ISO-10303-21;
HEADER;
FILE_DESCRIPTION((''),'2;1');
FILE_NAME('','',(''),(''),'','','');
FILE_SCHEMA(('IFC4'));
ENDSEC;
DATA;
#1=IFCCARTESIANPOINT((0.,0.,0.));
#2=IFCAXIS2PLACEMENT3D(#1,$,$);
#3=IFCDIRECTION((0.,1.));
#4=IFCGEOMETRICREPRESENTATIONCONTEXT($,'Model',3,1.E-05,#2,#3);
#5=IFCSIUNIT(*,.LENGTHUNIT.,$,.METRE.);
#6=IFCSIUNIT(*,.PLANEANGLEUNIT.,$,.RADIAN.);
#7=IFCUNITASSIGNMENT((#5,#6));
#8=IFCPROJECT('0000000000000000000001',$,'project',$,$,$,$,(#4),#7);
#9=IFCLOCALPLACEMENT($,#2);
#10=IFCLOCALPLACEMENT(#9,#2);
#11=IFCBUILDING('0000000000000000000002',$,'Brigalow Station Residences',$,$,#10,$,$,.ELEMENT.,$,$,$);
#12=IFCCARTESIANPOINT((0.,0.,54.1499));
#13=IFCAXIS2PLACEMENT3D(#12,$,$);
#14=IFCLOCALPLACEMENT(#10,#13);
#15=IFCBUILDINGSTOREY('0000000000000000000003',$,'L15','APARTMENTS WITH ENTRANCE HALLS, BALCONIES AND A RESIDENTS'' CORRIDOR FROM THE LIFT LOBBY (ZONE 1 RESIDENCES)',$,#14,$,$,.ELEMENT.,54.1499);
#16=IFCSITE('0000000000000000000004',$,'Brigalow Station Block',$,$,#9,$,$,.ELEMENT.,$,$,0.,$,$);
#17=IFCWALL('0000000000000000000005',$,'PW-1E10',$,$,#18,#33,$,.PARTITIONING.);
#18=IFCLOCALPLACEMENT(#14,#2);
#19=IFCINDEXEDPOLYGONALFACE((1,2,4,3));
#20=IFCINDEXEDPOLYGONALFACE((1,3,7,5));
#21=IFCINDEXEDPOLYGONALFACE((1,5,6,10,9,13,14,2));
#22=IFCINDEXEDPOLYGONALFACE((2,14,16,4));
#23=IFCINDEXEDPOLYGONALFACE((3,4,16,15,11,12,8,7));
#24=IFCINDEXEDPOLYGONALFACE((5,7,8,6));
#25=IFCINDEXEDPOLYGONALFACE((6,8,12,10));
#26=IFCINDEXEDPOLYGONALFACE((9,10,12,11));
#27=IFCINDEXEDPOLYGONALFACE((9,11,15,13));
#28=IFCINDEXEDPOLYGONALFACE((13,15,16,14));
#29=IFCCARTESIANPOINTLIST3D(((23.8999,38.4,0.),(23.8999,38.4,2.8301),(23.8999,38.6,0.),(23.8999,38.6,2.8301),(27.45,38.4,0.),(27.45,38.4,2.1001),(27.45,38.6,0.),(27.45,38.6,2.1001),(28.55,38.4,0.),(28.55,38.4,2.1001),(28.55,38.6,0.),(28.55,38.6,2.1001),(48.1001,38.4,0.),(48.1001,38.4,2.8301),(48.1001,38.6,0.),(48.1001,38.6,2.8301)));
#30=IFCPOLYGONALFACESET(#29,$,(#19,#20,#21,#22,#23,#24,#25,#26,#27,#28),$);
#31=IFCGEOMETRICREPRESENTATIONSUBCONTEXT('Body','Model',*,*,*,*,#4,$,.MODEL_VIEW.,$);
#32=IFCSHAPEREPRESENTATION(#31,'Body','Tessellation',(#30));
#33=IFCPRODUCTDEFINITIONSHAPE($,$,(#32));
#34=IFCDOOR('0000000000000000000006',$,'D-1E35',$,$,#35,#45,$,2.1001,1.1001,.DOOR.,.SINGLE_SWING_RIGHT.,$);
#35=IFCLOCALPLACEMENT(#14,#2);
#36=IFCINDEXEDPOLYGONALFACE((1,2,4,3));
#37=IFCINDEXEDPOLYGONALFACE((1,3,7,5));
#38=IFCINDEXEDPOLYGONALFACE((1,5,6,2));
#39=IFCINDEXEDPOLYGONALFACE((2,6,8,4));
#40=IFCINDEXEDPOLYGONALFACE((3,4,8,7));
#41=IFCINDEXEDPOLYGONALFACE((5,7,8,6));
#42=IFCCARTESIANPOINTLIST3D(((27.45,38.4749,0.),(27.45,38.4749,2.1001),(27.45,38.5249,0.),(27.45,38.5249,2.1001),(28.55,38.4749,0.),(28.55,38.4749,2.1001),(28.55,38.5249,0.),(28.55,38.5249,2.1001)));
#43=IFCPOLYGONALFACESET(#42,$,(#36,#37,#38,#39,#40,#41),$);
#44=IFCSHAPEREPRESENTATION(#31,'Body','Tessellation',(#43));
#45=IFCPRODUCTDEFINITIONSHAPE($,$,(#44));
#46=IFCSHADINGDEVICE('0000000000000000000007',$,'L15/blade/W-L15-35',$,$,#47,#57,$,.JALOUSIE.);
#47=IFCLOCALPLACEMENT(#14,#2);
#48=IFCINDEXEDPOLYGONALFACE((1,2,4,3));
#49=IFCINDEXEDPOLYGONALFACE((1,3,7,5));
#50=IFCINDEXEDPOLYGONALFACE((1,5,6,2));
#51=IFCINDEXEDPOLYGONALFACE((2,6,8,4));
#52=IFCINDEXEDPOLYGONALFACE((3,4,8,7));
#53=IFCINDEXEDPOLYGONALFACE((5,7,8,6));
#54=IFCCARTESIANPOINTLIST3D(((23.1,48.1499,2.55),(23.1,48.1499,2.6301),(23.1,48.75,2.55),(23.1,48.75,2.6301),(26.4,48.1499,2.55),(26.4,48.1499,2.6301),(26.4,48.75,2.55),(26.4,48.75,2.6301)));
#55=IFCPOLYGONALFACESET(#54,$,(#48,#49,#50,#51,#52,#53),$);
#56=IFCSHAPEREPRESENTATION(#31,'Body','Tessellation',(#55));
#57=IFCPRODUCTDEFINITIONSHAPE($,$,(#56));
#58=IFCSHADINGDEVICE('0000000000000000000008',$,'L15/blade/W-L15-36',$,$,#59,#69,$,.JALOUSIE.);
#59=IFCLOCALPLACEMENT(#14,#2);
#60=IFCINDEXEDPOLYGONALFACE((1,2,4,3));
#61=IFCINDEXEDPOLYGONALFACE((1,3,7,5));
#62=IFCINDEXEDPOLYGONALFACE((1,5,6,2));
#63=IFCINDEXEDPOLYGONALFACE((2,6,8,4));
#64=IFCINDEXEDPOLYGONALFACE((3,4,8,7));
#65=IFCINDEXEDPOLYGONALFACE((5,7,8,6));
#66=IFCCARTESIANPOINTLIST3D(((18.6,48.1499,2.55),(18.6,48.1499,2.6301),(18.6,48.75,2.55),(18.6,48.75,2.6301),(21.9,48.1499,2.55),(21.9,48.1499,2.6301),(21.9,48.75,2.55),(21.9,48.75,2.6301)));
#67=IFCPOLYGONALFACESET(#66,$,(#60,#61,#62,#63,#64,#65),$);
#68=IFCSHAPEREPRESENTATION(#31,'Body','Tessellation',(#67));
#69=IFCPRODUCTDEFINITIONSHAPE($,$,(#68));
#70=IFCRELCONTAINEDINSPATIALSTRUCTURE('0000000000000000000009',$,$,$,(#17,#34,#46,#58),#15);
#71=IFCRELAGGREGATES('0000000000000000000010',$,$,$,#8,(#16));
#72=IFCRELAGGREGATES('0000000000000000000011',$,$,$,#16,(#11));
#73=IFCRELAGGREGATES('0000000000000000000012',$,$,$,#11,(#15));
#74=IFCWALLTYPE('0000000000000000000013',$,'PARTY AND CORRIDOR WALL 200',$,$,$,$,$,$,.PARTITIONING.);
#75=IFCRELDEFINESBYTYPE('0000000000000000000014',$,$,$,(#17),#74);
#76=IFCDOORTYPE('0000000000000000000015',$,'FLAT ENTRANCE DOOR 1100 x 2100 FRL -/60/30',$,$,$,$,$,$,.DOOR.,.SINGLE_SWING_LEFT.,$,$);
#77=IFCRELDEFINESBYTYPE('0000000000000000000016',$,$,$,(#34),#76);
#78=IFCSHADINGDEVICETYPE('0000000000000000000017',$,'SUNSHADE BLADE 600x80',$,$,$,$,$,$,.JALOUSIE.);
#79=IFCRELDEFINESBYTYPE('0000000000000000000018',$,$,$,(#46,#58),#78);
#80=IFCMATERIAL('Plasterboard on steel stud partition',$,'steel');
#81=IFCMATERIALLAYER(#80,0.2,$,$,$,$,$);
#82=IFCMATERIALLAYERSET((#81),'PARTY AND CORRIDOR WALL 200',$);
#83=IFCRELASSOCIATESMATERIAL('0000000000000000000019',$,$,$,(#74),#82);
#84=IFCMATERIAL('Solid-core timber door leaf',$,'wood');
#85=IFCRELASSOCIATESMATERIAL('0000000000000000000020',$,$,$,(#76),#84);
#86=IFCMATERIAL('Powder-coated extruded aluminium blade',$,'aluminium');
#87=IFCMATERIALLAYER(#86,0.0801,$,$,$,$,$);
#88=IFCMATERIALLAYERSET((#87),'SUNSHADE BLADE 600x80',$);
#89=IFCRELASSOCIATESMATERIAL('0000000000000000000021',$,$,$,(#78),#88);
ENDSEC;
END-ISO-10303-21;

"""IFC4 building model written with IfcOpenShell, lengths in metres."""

from ifc_helpers import new_model, si_unit, direction, frame, frame_2d, origin, origin_2d, place, context, subcontext, project, spatial, rectangle, extrude, material, layer, layer_set, type_object, element, fill, save


model = new_model("IFC4")

# Units and contexts
model_context = context("Model", 3, precision=1e-05, world=origin(), true_north=direction((0.0, 1.0)))
body_context = subcontext(model_context, "Body", "Model", "MODEL_VIEW")
ifc_project = project(units=[si_unit("LENGTHUNIT", "METRE"), si_unit("PLANEANGLEUNIT", "RADIAN")], contexts=[model_context])

# Site, building, storey
site_placement = place(None, origin())
site = spatial("IfcSite", under=ifc_project, at=site_placement, Name="Brigalow Station Block", CompositionType="ELEMENT", RefElevation=0.0)
building_placement = place(site_placement, origin())
building = spatial("IfcBuilding", under=site, at=building_placement, Name="Brigalow Station Residences", CompositionType="ELEMENT")
storey_placement = place(building_placement, frame((0.0, 0.0, 54.1499)))
storey = spatial("IfcBuildingStorey", under=building, at=storey_placement, Name="L15", Description="APARTMENTS WITH ENTRANCE HALLS, BALCONIES AND A RESIDENTS' CORRIDOR FROM THE LIFT LOBBY (ZONE 1 RESIDENCES)", CompositionType="ELEMENT", Elevation=54.1499)

# Wall, opening, door
ifc_material_1 = material(Name="Plasterboard on steel stud partition", Category="steel")
ifc_layer_1 = layer(ifc_material_1, 0.2)
ifc_layer_set_1 = layer_set([ifc_layer_1], Name="PARTY AND CORRIDOR WALL 200")
wall_type_1 = type_object("IfcWallType", Name="PARTY AND CORRIDOR WALL 200", PredefinedType="PARTITIONING", material=ifc_layer_set_1)
wall_1_placement = place(storey_placement, frame((23.8999, 38.5, 0.0), z_axis=(0.0, 0.0, 1.0), x_axis=(1.0, 0.0, 0.0)))
wall_1 = element("IfcWall", 1, at=wall_1_placement, inside=storey, type_object=wall_type_1, Name="PW-1E10", PredefinedType="PARTITIONING", context=body_context, shape_type="SweptSolid", body=[
    extrude(rectangle(XDim=24.2002, YDim=0.2, at=frame_2d((12.1001, 0.0))), origin(), (0.0, 0.0, 1.0), 2.8301),
])
opening_1_placement = place(wall_1_placement, frame((3.55, 0.0, 0.0)))
opening_1 = element("IfcOpeningElement", 2, at=opening_1_placement, cuts=wall_1, PredefinedType="OPENING", context=body_context, shape_type="SweptSolid", body=[
    extrude(rectangle(XDim=1.1001, YDim=2.1001, at=frame_2d((0.55, 1.05))), frame((0.0, 0.1099, 0.0), z_axis=(0.0, -1.0, 0.0), x_axis=(1.0, 0.0, 0.0)), (0.0, 0.0, 1.0), 0.22),
])
ifc_material_2 = material(Name="Solid-core timber door leaf", Category="wood")
door_type_1 = type_object("IfcDoorType", Name="FLAT ENTRANCE DOOR 1100 x 2100 FRL -/60/30", OperationType="SINGLE_SWING_LEFT", PredefinedType="DOOR", material=ifc_material_2)
door_1_placement = place(opening_1_placement, origin())
door_1 = element("IfcDoor", 3, at=door_1_placement, inside=storey, type_object=door_type_1, Name="D-1E35", OperationType="SINGLE_SWING_RIGHT", OverallHeight=2.1001, OverallWidth=1.1001, PredefinedType="DOOR", context=body_context, shape_type="SweptSolid", body=[
    extrude(rectangle(XDim=1.1001, YDim=2.1001, at=frame_2d((0.55, 1.05))), frame((0.0, 0.0249, 0.0), z_axis=(0.0, -1.0, 0.0), x_axis=(1.0, 0.0, 0.0)), (0.0, 0.0, 1.0), 0.05),
])
fill(opening_1, door_1)

# Shading devices
ifc_material_3 = material(Name="Powder-coated extruded aluminium blade", Category="aluminium")
ifc_layer_2 = layer(ifc_material_3, 0.0801)
ifc_layer_set_2 = layer_set([ifc_layer_2], Name="SUNSHADE BLADE 600x80")
shading_device_type = type_object("IfcShadingDeviceType", Name="SUNSHADE BLADE 600x80", PredefinedType="JALOUSIE", material=ifc_layer_set_2)
for number, where, z_axis, x_axis, name in (
    (4, (24.75, 48.45, 2.55), (0.0, 0.0, 1.0), (-1.0, 0.0, 0.0), "L15/blade/W-L15-35"),
    (5, (20.25, 48.45, 2.55), (0.0, 0.0, 1.0), (-1.0, 0.0, 0.0), "L15/blade/W-L15-36"),
):
    element("IfcShadingDevice", number, at=place(storey_placement, frame(where, z_axis=z_axis, x_axis=x_axis)), inside=storey, type_object=shading_device_type, Name=name, PredefinedType="JALOUSIE", context=body_context, shape_type="SweptSolid", body=[
        extrude(rectangle(XDim=3.3, YDim=0.6001, at=origin_2d()), origin(), (0.0, 0.0, 1.0), 0.0801),
    ])

save(model, "model.ifc")
